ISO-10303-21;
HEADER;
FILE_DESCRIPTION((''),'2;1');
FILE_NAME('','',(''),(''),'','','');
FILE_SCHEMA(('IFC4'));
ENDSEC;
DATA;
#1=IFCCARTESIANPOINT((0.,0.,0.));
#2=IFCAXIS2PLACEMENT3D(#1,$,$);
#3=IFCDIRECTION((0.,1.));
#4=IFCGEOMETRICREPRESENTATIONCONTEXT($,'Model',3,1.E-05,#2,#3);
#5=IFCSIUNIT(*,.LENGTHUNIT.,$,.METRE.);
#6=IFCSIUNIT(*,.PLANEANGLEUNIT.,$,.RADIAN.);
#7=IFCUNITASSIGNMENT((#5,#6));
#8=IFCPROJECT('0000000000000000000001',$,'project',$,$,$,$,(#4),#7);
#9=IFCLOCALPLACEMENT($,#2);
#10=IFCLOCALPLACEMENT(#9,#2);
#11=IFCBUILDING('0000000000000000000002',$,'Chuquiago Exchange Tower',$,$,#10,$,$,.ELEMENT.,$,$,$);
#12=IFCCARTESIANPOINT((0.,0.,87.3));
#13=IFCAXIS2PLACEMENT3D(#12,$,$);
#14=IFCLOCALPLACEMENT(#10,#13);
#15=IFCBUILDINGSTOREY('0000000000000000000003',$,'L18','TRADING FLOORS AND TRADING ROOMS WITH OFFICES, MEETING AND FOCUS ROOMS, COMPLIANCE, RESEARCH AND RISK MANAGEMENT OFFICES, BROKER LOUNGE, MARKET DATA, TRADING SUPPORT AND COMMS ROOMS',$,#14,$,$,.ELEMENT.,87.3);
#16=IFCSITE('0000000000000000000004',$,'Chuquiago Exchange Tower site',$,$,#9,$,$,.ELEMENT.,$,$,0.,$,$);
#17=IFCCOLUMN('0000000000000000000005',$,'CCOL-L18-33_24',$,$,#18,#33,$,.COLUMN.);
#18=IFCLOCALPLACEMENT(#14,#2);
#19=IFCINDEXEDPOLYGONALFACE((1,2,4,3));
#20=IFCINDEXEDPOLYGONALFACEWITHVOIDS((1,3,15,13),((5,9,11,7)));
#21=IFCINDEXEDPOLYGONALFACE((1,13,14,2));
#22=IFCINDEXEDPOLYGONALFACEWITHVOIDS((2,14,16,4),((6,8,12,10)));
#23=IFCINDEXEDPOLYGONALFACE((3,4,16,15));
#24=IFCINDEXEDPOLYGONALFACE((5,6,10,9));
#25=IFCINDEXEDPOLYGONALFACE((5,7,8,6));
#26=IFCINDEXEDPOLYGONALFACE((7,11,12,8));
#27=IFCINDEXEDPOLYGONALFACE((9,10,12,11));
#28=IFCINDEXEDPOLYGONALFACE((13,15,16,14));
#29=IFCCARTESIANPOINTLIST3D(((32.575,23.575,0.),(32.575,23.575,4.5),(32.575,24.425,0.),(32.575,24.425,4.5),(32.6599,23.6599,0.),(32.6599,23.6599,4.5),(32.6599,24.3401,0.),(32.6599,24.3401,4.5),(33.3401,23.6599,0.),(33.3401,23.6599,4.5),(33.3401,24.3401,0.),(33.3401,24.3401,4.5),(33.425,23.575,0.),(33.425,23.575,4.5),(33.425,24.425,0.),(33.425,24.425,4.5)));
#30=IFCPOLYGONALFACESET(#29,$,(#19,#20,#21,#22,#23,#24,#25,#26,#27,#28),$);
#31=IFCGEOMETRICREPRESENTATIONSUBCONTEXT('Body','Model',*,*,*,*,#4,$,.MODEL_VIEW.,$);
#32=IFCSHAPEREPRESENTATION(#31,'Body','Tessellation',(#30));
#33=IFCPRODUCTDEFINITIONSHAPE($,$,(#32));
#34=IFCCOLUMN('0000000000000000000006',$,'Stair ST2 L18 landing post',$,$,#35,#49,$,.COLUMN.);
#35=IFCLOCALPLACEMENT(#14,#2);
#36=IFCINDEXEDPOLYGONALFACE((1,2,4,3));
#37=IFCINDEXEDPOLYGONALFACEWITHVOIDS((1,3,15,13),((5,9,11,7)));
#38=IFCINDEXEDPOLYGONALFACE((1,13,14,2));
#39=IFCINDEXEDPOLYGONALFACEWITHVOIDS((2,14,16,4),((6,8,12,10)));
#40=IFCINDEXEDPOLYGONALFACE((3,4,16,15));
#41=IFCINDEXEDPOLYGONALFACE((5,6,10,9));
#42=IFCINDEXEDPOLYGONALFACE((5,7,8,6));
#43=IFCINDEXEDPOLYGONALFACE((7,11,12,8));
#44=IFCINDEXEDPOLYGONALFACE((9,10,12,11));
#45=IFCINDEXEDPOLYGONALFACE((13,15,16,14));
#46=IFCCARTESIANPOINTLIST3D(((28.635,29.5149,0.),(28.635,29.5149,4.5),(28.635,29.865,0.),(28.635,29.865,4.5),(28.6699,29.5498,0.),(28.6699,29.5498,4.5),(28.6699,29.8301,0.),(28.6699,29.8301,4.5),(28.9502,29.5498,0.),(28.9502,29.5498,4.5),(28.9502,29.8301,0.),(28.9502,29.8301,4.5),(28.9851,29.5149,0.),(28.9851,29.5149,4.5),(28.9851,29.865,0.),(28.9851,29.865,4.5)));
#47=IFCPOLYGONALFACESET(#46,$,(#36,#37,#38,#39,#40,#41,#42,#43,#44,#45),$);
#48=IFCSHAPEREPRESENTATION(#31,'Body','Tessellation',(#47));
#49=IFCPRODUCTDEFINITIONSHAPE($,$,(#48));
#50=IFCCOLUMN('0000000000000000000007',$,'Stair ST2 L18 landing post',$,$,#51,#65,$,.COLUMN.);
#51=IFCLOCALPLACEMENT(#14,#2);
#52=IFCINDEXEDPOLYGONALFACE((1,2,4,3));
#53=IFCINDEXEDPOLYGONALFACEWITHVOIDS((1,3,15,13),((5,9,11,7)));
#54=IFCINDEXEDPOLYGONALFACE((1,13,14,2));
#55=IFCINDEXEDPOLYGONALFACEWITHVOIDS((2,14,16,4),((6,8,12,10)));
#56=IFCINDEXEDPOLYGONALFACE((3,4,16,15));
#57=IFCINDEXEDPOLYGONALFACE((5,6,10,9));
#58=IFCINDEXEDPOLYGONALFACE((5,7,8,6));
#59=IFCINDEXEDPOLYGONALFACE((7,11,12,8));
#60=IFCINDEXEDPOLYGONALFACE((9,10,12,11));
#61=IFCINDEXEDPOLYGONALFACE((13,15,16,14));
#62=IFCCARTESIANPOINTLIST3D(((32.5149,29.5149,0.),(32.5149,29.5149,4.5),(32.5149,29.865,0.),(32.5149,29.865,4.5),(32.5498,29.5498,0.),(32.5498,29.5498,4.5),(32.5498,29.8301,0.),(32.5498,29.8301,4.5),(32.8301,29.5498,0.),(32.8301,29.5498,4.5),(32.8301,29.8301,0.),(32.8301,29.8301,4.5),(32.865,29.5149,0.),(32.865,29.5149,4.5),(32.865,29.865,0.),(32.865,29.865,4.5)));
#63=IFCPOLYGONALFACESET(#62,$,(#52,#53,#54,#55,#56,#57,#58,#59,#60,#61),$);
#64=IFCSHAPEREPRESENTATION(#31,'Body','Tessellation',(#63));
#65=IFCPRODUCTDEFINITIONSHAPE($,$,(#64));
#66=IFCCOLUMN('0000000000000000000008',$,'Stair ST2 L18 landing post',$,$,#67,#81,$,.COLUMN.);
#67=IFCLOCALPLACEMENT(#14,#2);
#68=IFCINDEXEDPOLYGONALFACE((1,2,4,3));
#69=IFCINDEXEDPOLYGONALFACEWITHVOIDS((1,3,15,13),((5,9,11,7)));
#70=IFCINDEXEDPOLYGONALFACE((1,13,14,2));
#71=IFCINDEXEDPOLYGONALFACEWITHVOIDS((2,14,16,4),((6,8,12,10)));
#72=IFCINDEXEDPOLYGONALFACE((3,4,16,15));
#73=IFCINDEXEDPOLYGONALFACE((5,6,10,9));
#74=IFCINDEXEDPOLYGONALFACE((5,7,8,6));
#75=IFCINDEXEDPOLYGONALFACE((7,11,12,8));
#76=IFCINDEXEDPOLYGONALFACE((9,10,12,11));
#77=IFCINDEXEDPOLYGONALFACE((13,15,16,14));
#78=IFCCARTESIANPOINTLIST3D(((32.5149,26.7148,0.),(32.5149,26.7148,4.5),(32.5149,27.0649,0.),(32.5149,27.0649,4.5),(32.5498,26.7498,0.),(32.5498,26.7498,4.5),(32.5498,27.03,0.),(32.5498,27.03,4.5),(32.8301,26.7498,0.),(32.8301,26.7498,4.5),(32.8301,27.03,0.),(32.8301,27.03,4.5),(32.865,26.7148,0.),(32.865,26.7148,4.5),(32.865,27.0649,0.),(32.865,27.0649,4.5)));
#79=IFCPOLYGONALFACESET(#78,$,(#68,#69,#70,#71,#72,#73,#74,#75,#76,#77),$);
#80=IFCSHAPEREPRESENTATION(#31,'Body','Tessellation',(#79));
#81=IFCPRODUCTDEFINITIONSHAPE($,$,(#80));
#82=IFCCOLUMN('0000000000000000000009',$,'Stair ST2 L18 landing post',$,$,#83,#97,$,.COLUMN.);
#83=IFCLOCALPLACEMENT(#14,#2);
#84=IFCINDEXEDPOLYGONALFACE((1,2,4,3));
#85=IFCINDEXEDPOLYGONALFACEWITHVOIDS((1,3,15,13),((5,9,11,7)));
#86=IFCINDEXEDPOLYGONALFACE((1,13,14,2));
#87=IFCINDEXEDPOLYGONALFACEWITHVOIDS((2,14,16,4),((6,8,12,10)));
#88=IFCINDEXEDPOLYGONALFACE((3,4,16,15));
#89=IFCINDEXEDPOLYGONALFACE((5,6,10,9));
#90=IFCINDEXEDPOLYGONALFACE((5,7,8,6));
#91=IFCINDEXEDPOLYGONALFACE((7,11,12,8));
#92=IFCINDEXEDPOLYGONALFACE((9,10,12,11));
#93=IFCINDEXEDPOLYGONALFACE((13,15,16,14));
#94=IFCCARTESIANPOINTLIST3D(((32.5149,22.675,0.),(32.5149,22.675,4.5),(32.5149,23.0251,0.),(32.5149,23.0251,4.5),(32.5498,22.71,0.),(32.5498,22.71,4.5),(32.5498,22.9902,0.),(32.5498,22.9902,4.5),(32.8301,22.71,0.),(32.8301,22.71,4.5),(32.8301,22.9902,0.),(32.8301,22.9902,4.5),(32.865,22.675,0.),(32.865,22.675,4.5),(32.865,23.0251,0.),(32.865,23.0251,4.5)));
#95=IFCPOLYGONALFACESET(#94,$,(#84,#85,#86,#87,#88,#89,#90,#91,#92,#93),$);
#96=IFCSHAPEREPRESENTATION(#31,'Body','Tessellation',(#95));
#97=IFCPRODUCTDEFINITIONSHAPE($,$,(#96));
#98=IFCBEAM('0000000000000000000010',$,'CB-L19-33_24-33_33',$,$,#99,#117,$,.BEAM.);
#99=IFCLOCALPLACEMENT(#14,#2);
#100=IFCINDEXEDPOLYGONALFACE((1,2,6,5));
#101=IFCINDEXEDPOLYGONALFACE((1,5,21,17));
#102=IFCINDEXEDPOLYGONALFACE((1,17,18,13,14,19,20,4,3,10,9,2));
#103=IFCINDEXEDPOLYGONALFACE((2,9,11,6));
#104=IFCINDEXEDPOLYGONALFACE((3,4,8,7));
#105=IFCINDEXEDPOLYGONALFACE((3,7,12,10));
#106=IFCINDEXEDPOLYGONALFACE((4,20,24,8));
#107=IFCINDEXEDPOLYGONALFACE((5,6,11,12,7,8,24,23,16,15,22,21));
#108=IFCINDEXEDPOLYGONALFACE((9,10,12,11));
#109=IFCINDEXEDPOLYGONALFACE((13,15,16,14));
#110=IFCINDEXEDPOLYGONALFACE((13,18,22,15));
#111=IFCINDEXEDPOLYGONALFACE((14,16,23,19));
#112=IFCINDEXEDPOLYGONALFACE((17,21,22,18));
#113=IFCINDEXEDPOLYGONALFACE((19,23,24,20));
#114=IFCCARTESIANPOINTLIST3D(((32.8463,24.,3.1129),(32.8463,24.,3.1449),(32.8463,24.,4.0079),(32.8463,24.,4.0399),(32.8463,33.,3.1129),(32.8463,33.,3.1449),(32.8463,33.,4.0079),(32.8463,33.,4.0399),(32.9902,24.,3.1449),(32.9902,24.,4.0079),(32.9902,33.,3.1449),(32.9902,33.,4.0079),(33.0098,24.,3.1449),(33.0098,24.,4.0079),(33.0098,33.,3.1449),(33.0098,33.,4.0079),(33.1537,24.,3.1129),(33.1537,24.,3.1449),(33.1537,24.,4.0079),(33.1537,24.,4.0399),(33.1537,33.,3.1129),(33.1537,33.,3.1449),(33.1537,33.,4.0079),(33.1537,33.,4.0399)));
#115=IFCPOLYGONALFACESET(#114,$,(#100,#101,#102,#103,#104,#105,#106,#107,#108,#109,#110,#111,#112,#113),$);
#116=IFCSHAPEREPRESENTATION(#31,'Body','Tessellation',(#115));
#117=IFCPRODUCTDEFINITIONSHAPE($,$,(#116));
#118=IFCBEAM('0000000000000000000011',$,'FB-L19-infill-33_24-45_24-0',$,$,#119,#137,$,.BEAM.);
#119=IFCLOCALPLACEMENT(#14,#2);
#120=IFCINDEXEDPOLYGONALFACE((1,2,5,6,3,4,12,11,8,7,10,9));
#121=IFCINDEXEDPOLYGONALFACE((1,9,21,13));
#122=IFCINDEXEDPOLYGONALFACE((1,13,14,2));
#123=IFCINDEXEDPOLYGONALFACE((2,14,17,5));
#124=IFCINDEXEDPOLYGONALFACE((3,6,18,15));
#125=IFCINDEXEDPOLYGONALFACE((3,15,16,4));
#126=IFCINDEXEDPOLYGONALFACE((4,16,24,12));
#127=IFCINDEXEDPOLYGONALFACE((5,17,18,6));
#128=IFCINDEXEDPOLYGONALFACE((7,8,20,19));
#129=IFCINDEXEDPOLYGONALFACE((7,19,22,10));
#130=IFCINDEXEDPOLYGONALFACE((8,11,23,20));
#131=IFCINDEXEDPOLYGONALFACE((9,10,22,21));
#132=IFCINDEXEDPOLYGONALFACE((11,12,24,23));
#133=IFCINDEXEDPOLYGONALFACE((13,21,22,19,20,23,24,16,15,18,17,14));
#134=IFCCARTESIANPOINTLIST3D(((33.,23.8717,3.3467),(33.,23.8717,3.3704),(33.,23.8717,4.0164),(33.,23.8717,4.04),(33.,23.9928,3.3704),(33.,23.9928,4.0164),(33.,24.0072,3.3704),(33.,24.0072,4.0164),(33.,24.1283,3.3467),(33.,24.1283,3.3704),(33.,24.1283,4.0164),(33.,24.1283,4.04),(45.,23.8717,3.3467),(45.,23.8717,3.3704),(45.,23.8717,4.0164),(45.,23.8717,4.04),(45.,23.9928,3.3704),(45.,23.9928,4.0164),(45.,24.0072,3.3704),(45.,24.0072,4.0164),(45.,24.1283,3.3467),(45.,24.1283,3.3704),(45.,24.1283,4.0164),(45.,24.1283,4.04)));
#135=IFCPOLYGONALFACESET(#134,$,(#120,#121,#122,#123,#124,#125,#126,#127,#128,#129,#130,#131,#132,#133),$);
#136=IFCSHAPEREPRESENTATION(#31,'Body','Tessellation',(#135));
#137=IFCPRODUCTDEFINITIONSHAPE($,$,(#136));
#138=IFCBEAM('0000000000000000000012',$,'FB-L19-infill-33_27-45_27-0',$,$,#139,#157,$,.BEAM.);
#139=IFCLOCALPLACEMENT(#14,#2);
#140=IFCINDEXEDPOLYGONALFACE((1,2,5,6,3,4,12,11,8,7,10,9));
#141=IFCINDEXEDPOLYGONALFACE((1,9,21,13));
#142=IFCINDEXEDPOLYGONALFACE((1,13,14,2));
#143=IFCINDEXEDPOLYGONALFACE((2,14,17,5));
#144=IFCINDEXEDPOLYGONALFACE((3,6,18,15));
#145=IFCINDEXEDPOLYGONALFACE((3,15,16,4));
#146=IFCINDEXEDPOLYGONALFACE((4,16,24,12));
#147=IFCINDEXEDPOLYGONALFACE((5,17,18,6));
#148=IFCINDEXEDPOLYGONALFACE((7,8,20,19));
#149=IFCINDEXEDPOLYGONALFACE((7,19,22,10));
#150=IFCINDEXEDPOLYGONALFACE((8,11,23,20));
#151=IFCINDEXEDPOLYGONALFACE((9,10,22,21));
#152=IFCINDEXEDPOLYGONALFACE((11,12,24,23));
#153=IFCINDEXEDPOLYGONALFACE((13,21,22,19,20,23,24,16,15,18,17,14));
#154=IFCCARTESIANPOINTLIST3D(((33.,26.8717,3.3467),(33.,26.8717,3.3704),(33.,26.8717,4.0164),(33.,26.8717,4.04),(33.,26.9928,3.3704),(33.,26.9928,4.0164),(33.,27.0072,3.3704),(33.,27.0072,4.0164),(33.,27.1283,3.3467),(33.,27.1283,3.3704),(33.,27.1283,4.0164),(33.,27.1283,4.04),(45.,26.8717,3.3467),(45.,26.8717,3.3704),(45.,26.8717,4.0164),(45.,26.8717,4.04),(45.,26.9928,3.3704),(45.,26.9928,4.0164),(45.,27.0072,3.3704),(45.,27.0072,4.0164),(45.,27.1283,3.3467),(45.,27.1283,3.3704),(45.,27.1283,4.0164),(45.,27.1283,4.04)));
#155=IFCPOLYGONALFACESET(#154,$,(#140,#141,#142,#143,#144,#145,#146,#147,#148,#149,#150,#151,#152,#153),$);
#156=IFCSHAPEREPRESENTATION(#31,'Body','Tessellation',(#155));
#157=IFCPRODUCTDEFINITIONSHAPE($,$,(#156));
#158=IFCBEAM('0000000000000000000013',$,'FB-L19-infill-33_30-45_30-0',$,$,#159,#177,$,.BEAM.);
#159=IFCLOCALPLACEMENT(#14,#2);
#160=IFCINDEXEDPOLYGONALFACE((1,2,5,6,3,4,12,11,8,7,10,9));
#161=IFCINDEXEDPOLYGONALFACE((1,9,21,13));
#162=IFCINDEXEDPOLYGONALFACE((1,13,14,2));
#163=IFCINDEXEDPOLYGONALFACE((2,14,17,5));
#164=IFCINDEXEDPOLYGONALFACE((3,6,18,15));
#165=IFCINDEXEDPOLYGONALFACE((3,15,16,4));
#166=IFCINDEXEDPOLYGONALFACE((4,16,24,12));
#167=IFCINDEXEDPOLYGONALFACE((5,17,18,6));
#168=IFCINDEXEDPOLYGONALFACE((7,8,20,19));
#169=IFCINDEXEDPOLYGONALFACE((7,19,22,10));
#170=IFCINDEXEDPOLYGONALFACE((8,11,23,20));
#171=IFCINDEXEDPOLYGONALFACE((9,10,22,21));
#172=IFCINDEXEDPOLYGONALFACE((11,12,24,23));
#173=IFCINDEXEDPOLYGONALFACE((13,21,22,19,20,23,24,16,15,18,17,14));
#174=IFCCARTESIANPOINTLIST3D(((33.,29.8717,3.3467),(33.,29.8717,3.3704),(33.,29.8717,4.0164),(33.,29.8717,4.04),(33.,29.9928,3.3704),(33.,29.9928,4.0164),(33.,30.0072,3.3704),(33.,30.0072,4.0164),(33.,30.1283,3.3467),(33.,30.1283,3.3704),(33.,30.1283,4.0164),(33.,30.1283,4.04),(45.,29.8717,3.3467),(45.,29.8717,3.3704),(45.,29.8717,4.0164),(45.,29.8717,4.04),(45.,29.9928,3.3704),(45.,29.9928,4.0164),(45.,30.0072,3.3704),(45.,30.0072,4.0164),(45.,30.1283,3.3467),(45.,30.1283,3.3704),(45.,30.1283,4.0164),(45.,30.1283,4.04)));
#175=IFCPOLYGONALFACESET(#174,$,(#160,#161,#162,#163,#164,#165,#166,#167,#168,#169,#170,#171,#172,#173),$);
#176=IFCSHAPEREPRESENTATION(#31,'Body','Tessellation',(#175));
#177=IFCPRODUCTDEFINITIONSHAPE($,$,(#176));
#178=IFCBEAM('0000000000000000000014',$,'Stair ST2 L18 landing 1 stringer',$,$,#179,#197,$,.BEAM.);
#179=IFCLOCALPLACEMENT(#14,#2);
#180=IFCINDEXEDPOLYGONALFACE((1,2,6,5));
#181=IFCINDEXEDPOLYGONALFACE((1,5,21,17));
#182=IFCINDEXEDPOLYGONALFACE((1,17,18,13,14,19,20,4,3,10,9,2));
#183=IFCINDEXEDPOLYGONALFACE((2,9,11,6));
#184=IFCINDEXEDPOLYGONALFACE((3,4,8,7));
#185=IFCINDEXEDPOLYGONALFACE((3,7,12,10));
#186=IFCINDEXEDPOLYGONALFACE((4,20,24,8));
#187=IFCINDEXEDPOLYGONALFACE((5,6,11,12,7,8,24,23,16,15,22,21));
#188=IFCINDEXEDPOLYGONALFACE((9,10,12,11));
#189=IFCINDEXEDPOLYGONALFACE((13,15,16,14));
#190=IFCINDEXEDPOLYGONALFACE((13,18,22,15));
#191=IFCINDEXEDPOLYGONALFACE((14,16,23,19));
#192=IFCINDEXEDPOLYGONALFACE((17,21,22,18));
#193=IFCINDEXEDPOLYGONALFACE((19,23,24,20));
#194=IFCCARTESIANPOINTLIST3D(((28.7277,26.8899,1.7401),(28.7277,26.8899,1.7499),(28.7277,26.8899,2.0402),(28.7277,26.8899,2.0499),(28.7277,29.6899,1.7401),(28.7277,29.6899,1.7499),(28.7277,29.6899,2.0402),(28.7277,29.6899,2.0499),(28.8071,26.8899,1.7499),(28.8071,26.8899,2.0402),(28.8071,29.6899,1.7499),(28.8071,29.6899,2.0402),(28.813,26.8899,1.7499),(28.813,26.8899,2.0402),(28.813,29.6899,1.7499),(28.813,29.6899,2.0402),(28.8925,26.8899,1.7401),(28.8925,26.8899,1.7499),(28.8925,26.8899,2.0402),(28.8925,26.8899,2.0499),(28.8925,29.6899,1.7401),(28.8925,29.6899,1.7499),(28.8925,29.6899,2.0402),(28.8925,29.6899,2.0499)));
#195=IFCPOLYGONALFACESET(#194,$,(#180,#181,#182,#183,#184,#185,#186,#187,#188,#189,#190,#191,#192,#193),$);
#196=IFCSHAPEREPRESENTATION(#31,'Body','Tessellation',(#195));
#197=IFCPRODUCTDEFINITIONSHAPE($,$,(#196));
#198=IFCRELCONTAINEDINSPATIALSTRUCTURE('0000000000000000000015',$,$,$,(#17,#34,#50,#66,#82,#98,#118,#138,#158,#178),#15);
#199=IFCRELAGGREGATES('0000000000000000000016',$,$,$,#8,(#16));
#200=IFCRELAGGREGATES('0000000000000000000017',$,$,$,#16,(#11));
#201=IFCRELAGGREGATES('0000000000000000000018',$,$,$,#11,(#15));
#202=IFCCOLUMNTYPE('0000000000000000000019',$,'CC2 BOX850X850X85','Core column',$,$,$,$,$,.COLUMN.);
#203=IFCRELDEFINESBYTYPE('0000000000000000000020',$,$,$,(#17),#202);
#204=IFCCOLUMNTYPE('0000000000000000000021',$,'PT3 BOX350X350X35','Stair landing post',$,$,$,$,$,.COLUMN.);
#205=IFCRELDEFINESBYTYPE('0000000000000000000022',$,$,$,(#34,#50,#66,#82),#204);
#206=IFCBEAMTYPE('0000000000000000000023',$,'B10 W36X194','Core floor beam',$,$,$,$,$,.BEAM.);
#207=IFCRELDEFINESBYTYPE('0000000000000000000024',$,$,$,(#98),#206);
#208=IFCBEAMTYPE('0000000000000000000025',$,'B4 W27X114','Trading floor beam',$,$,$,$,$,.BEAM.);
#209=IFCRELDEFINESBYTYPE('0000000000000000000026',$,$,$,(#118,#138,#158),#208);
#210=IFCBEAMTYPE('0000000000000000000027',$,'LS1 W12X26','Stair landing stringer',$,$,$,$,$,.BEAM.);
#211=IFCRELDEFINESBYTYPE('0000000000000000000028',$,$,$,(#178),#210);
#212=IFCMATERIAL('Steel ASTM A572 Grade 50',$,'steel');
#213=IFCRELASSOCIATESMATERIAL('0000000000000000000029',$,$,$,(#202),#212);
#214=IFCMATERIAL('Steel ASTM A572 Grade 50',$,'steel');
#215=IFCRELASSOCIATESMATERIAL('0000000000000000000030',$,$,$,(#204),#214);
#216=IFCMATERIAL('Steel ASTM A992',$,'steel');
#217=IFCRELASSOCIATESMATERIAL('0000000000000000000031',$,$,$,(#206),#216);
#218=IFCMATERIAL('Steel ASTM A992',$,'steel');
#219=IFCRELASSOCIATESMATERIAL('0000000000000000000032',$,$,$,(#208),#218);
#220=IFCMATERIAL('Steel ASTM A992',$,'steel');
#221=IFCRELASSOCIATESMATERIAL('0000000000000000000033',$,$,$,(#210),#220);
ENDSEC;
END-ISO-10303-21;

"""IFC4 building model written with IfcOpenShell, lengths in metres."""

from ifc_helpers import new_model, si_unit, direction, frame, origin, origin_2d, place, context, subcontext, project, spatial, hollow_rectangle, i_section, extrude, material, material_profile, profile_set, type_object, element, save


model = new_model("IFC4")

# Units and contexts
model_context = context("Model", 3, precision=1e-05, world=origin(), true_north=direction((0.0, 1.0)))
body_context = subcontext(model_context, "Body", "Model", "MODEL_VIEW")
ifc_project = project(units=[si_unit("LENGTHUNIT", "METRE"), si_unit("PLANEANGLEUNIT", "RADIAN")], contexts=[model_context])

# Site, building, storey
site_placement = place(None, origin())
site = spatial("IfcSite", under=ifc_project, at=site_placement, Name="Chuquiago Exchange Tower site", CompositionType="ELEMENT", RefElevation=0.0)
building_placement = place(site_placement, origin())
building = spatial("IfcBuilding", under=site, at=building_placement, Name="Chuquiago Exchange Tower", CompositionType="ELEMENT")
storey_placement = place(building_placement, frame((0.0, 0.0, 87.3)))
storey = spatial("IfcBuildingStorey", under=building, at=storey_placement, Name="L18", Description="TRADING FLOORS AND TRADING ROOMS WITH OFFICES, MEETING AND FOCUS ROOMS, COMPLIANCE, RESEARCH AND RISK MANAGEMENT OFFICES, BROKER LOUNGE, MARKET DATA, TRADING SUPPORT AND COMMS ROOMS", CompositionType="ELEMENT", Elevation=87.3)

# Columns
ifc_material_1 = material(Name="Steel ASTM A572 Grade 50", Category="steel")
ifc_material_profile_1 = material_profile(ifc_material_1, hollow_rectangle(XDim=0.8501, YDim=0.8501, WallThickness=0.085, at=origin_2d()), Name="BOX850X850X85")
ifc_profile_set_1 = profile_set([ifc_material_profile_1], Name="Steel ASTM A572 Grade 50")
column_type_1 = type_object("IfcColumnType", Name="CC2 BOX850X850X85", Description="Core column", PredefinedType="COLUMN", material=ifc_profile_set_1)
column_placement = place(storey_placement, frame((33.0, 24.0, 0.0), z_axis=(0.0, 0.0, 1.0), x_axis=(1.0, 0.0, 0.0)))
element("IfcColumn", 1, at=column_placement, inside=storey, type_object=column_type_1, Name="CCOL-L18-33_24", PredefinedType="COLUMN", context=body_context, shape_type="SweptSolid", body=[
    extrude(hollow_rectangle(XDim=0.8501, YDim=0.8501, WallThickness=0.085, at=origin_2d()), origin(), (0.0, 0.0, 1.0), 4.5),
])
ifc_material_2 = material(Name="Steel ASTM A572 Grade 50", Category="steel")
ifc_material_profile_2 = material_profile(ifc_material_2, hollow_rectangle(XDim=0.3501, YDim=0.3501, WallThickness=0.0349, at=origin_2d()), Name="BOX350X350X35")
ifc_profile_set_2 = profile_set([ifc_material_profile_2], Name="Steel ASTM A572 Grade 50")
column_type_2 = type_object("IfcColumnType", Name="PT3 BOX350X350X35", Description="Stair landing post", PredefinedType="COLUMN", material=ifc_profile_set_2)
for number, where, z_axis, x_axis, name in (
    (2, (28.8101, 29.6899, 0.0), (0.0, 0.0, 1.0), (1.0, 0.0, 0.0), "Stair ST2 L18 landing post"),
    (3, (32.6899, 29.6899, 0.0), (0.0, 0.0, 1.0), (1.0, 0.0, 0.0), "Stair ST2 L18 landing post"),
    (4, (32.6899, 26.8899, 0.0), (0.0, 0.0, 1.0), (1.0, 0.0, 0.0), "Stair ST2 L18 landing post"),
    (5, (32.6899, 22.8501, 0.0), (0.0, 0.0, 1.0), (1.0, 0.0, 0.0), "Stair ST2 L18 landing post"),
):
    element("IfcColumn", number, at=place(storey_placement, frame(where, z_axis=z_axis, x_axis=x_axis)), inside=storey, type_object=column_type_2, Name=name, PredefinedType="COLUMN", context=body_context, shape_type="SweptSolid", body=[
        extrude(hollow_rectangle(XDim=0.3501, YDim=0.3501, WallThickness=0.0349, at=origin_2d()), origin(), (0.0, 0.0, 1.0), 4.5),
    ])

# Beams
ifc_material_3 = material(Name="Steel ASTM A992", Category="steel")
ifc_material_profile_3 = material_profile(ifc_material_3, i_section(OverallWidth=0.3074, OverallDepth=0.927, WebThickness=0.0195, FlangeThickness=0.032, at=origin_2d()), Name="W36X194")
ifc_profile_set_3 = profile_set([ifc_material_profile_3], Name="Steel ASTM A992")
beam_type_1 = type_object("IfcBeamType", Name="B10 W36X194", Description="Core floor beam", PredefinedType="BEAM", material=ifc_profile_set_3)
beam_placement = place(storey_placement, frame((33.0, 24.0, 3.5764), z_axis=(0.0, 1.0, 0.0), x_axis=(-1.0, 0.0, 0.0)))
element("IfcBeam", 6, at=beam_placement, inside=storey, type_object=beam_type_1, Name="CB-L19-33_24-33_33", PredefinedType="BEAM", context=body_context, shape_type="SweptSolid", body=[
    extrude(i_section(OverallWidth=0.3074, OverallDepth=0.927, WebThickness=0.0195, FlangeThickness=0.032, at=origin_2d()), origin(), (0.0, 0.0, 1.0), 9.0),
])
ifc_material_4 = material(Name="Steel ASTM A992", Category="steel")
ifc_material_profile_4 = material_profile(ifc_material_4, i_section(OverallWidth=0.2566, OverallDepth=0.6934, WebThickness=0.0144, FlangeThickness=0.0237, at=origin_2d()), Name="W27X114")
ifc_profile_set_4 = profile_set([ifc_material_profile_4], Name="Steel ASTM A992")
beam_type_2 = type_object("IfcBeamType", Name="B4 W27X114", Description="Trading floor beam", PredefinedType="BEAM", material=ifc_profile_set_4)
for number, where, z_axis, x_axis, name in (
    (7, (33.0, 24.0, 3.6934), (1.0, 0.0, 0.0), (0.0, 1.0, 0.0), "FB-L19-infill-33_24-45_24-0"),
    (8, (33.0, 27.0, 3.6934), (1.0, 0.0, 0.0), (0.0, 1.0, 0.0), "FB-L19-infill-33_27-45_27-0"),
    (9, (33.0, 30.0, 3.6934), (1.0, 0.0, 0.0), (0.0, 1.0, 0.0), "FB-L19-infill-33_30-45_30-0"),
):
    element("IfcBeam", number, at=place(storey_placement, frame(where, z_axis=z_axis, x_axis=x_axis)), inside=storey, type_object=beam_type_2, Name=name, PredefinedType="BEAM", context=body_context, shape_type="SweptSolid", body=[
        extrude(i_section(OverallWidth=0.2566, OverallDepth=0.6934, WebThickness=0.0144, FlangeThickness=0.0237, at=origin_2d()), origin(), (0.0, 0.0, 1.0), 12.0),
    ])
ifc_material_5 = material(Name="Steel ASTM A992", Category="steel")
ifc_material_profile_5 = material_profile(ifc_material_5, i_section(OverallWidth=0.1648, OverallDepth=0.3098, WebThickness=0.0059, FlangeThickness=0.0098, at=origin_2d()), Name="W12X26")
ifc_profile_set_5 = profile_set([ifc_material_profile_5], Name="Steel ASTM A992")
beam_type_3 = type_object("IfcBeamType", Name="LS1 W12X26", Description="Stair landing stringer", PredefinedType="BEAM", material=ifc_profile_set_5)
for number, where, z_axis, x_axis, name in (
    (10, (28.8101, 26.8899, 1.895), (0.0, 1.0, 0.0), (-1.0, 0.0, 0.0), "Stair ST2 L18 landing 1 stringer"),
):
    element("IfcBeam", number, at=place(storey_placement, frame(where, z_axis=z_axis, x_axis=x_axis)), inside=storey, type_object=beam_type_3, Name=name, PredefinedType="BEAM", context=body_context, shape_type="SweptSolid", body=[
        extrude(i_section(OverallWidth=0.1648, OverallDepth=0.3098, WebThickness=0.0059, FlangeThickness=0.0098, at=origin_2d()), origin(), (0.0, 0.0, 1.0), 2.8),
    ])

save(model, "model.ifc")
